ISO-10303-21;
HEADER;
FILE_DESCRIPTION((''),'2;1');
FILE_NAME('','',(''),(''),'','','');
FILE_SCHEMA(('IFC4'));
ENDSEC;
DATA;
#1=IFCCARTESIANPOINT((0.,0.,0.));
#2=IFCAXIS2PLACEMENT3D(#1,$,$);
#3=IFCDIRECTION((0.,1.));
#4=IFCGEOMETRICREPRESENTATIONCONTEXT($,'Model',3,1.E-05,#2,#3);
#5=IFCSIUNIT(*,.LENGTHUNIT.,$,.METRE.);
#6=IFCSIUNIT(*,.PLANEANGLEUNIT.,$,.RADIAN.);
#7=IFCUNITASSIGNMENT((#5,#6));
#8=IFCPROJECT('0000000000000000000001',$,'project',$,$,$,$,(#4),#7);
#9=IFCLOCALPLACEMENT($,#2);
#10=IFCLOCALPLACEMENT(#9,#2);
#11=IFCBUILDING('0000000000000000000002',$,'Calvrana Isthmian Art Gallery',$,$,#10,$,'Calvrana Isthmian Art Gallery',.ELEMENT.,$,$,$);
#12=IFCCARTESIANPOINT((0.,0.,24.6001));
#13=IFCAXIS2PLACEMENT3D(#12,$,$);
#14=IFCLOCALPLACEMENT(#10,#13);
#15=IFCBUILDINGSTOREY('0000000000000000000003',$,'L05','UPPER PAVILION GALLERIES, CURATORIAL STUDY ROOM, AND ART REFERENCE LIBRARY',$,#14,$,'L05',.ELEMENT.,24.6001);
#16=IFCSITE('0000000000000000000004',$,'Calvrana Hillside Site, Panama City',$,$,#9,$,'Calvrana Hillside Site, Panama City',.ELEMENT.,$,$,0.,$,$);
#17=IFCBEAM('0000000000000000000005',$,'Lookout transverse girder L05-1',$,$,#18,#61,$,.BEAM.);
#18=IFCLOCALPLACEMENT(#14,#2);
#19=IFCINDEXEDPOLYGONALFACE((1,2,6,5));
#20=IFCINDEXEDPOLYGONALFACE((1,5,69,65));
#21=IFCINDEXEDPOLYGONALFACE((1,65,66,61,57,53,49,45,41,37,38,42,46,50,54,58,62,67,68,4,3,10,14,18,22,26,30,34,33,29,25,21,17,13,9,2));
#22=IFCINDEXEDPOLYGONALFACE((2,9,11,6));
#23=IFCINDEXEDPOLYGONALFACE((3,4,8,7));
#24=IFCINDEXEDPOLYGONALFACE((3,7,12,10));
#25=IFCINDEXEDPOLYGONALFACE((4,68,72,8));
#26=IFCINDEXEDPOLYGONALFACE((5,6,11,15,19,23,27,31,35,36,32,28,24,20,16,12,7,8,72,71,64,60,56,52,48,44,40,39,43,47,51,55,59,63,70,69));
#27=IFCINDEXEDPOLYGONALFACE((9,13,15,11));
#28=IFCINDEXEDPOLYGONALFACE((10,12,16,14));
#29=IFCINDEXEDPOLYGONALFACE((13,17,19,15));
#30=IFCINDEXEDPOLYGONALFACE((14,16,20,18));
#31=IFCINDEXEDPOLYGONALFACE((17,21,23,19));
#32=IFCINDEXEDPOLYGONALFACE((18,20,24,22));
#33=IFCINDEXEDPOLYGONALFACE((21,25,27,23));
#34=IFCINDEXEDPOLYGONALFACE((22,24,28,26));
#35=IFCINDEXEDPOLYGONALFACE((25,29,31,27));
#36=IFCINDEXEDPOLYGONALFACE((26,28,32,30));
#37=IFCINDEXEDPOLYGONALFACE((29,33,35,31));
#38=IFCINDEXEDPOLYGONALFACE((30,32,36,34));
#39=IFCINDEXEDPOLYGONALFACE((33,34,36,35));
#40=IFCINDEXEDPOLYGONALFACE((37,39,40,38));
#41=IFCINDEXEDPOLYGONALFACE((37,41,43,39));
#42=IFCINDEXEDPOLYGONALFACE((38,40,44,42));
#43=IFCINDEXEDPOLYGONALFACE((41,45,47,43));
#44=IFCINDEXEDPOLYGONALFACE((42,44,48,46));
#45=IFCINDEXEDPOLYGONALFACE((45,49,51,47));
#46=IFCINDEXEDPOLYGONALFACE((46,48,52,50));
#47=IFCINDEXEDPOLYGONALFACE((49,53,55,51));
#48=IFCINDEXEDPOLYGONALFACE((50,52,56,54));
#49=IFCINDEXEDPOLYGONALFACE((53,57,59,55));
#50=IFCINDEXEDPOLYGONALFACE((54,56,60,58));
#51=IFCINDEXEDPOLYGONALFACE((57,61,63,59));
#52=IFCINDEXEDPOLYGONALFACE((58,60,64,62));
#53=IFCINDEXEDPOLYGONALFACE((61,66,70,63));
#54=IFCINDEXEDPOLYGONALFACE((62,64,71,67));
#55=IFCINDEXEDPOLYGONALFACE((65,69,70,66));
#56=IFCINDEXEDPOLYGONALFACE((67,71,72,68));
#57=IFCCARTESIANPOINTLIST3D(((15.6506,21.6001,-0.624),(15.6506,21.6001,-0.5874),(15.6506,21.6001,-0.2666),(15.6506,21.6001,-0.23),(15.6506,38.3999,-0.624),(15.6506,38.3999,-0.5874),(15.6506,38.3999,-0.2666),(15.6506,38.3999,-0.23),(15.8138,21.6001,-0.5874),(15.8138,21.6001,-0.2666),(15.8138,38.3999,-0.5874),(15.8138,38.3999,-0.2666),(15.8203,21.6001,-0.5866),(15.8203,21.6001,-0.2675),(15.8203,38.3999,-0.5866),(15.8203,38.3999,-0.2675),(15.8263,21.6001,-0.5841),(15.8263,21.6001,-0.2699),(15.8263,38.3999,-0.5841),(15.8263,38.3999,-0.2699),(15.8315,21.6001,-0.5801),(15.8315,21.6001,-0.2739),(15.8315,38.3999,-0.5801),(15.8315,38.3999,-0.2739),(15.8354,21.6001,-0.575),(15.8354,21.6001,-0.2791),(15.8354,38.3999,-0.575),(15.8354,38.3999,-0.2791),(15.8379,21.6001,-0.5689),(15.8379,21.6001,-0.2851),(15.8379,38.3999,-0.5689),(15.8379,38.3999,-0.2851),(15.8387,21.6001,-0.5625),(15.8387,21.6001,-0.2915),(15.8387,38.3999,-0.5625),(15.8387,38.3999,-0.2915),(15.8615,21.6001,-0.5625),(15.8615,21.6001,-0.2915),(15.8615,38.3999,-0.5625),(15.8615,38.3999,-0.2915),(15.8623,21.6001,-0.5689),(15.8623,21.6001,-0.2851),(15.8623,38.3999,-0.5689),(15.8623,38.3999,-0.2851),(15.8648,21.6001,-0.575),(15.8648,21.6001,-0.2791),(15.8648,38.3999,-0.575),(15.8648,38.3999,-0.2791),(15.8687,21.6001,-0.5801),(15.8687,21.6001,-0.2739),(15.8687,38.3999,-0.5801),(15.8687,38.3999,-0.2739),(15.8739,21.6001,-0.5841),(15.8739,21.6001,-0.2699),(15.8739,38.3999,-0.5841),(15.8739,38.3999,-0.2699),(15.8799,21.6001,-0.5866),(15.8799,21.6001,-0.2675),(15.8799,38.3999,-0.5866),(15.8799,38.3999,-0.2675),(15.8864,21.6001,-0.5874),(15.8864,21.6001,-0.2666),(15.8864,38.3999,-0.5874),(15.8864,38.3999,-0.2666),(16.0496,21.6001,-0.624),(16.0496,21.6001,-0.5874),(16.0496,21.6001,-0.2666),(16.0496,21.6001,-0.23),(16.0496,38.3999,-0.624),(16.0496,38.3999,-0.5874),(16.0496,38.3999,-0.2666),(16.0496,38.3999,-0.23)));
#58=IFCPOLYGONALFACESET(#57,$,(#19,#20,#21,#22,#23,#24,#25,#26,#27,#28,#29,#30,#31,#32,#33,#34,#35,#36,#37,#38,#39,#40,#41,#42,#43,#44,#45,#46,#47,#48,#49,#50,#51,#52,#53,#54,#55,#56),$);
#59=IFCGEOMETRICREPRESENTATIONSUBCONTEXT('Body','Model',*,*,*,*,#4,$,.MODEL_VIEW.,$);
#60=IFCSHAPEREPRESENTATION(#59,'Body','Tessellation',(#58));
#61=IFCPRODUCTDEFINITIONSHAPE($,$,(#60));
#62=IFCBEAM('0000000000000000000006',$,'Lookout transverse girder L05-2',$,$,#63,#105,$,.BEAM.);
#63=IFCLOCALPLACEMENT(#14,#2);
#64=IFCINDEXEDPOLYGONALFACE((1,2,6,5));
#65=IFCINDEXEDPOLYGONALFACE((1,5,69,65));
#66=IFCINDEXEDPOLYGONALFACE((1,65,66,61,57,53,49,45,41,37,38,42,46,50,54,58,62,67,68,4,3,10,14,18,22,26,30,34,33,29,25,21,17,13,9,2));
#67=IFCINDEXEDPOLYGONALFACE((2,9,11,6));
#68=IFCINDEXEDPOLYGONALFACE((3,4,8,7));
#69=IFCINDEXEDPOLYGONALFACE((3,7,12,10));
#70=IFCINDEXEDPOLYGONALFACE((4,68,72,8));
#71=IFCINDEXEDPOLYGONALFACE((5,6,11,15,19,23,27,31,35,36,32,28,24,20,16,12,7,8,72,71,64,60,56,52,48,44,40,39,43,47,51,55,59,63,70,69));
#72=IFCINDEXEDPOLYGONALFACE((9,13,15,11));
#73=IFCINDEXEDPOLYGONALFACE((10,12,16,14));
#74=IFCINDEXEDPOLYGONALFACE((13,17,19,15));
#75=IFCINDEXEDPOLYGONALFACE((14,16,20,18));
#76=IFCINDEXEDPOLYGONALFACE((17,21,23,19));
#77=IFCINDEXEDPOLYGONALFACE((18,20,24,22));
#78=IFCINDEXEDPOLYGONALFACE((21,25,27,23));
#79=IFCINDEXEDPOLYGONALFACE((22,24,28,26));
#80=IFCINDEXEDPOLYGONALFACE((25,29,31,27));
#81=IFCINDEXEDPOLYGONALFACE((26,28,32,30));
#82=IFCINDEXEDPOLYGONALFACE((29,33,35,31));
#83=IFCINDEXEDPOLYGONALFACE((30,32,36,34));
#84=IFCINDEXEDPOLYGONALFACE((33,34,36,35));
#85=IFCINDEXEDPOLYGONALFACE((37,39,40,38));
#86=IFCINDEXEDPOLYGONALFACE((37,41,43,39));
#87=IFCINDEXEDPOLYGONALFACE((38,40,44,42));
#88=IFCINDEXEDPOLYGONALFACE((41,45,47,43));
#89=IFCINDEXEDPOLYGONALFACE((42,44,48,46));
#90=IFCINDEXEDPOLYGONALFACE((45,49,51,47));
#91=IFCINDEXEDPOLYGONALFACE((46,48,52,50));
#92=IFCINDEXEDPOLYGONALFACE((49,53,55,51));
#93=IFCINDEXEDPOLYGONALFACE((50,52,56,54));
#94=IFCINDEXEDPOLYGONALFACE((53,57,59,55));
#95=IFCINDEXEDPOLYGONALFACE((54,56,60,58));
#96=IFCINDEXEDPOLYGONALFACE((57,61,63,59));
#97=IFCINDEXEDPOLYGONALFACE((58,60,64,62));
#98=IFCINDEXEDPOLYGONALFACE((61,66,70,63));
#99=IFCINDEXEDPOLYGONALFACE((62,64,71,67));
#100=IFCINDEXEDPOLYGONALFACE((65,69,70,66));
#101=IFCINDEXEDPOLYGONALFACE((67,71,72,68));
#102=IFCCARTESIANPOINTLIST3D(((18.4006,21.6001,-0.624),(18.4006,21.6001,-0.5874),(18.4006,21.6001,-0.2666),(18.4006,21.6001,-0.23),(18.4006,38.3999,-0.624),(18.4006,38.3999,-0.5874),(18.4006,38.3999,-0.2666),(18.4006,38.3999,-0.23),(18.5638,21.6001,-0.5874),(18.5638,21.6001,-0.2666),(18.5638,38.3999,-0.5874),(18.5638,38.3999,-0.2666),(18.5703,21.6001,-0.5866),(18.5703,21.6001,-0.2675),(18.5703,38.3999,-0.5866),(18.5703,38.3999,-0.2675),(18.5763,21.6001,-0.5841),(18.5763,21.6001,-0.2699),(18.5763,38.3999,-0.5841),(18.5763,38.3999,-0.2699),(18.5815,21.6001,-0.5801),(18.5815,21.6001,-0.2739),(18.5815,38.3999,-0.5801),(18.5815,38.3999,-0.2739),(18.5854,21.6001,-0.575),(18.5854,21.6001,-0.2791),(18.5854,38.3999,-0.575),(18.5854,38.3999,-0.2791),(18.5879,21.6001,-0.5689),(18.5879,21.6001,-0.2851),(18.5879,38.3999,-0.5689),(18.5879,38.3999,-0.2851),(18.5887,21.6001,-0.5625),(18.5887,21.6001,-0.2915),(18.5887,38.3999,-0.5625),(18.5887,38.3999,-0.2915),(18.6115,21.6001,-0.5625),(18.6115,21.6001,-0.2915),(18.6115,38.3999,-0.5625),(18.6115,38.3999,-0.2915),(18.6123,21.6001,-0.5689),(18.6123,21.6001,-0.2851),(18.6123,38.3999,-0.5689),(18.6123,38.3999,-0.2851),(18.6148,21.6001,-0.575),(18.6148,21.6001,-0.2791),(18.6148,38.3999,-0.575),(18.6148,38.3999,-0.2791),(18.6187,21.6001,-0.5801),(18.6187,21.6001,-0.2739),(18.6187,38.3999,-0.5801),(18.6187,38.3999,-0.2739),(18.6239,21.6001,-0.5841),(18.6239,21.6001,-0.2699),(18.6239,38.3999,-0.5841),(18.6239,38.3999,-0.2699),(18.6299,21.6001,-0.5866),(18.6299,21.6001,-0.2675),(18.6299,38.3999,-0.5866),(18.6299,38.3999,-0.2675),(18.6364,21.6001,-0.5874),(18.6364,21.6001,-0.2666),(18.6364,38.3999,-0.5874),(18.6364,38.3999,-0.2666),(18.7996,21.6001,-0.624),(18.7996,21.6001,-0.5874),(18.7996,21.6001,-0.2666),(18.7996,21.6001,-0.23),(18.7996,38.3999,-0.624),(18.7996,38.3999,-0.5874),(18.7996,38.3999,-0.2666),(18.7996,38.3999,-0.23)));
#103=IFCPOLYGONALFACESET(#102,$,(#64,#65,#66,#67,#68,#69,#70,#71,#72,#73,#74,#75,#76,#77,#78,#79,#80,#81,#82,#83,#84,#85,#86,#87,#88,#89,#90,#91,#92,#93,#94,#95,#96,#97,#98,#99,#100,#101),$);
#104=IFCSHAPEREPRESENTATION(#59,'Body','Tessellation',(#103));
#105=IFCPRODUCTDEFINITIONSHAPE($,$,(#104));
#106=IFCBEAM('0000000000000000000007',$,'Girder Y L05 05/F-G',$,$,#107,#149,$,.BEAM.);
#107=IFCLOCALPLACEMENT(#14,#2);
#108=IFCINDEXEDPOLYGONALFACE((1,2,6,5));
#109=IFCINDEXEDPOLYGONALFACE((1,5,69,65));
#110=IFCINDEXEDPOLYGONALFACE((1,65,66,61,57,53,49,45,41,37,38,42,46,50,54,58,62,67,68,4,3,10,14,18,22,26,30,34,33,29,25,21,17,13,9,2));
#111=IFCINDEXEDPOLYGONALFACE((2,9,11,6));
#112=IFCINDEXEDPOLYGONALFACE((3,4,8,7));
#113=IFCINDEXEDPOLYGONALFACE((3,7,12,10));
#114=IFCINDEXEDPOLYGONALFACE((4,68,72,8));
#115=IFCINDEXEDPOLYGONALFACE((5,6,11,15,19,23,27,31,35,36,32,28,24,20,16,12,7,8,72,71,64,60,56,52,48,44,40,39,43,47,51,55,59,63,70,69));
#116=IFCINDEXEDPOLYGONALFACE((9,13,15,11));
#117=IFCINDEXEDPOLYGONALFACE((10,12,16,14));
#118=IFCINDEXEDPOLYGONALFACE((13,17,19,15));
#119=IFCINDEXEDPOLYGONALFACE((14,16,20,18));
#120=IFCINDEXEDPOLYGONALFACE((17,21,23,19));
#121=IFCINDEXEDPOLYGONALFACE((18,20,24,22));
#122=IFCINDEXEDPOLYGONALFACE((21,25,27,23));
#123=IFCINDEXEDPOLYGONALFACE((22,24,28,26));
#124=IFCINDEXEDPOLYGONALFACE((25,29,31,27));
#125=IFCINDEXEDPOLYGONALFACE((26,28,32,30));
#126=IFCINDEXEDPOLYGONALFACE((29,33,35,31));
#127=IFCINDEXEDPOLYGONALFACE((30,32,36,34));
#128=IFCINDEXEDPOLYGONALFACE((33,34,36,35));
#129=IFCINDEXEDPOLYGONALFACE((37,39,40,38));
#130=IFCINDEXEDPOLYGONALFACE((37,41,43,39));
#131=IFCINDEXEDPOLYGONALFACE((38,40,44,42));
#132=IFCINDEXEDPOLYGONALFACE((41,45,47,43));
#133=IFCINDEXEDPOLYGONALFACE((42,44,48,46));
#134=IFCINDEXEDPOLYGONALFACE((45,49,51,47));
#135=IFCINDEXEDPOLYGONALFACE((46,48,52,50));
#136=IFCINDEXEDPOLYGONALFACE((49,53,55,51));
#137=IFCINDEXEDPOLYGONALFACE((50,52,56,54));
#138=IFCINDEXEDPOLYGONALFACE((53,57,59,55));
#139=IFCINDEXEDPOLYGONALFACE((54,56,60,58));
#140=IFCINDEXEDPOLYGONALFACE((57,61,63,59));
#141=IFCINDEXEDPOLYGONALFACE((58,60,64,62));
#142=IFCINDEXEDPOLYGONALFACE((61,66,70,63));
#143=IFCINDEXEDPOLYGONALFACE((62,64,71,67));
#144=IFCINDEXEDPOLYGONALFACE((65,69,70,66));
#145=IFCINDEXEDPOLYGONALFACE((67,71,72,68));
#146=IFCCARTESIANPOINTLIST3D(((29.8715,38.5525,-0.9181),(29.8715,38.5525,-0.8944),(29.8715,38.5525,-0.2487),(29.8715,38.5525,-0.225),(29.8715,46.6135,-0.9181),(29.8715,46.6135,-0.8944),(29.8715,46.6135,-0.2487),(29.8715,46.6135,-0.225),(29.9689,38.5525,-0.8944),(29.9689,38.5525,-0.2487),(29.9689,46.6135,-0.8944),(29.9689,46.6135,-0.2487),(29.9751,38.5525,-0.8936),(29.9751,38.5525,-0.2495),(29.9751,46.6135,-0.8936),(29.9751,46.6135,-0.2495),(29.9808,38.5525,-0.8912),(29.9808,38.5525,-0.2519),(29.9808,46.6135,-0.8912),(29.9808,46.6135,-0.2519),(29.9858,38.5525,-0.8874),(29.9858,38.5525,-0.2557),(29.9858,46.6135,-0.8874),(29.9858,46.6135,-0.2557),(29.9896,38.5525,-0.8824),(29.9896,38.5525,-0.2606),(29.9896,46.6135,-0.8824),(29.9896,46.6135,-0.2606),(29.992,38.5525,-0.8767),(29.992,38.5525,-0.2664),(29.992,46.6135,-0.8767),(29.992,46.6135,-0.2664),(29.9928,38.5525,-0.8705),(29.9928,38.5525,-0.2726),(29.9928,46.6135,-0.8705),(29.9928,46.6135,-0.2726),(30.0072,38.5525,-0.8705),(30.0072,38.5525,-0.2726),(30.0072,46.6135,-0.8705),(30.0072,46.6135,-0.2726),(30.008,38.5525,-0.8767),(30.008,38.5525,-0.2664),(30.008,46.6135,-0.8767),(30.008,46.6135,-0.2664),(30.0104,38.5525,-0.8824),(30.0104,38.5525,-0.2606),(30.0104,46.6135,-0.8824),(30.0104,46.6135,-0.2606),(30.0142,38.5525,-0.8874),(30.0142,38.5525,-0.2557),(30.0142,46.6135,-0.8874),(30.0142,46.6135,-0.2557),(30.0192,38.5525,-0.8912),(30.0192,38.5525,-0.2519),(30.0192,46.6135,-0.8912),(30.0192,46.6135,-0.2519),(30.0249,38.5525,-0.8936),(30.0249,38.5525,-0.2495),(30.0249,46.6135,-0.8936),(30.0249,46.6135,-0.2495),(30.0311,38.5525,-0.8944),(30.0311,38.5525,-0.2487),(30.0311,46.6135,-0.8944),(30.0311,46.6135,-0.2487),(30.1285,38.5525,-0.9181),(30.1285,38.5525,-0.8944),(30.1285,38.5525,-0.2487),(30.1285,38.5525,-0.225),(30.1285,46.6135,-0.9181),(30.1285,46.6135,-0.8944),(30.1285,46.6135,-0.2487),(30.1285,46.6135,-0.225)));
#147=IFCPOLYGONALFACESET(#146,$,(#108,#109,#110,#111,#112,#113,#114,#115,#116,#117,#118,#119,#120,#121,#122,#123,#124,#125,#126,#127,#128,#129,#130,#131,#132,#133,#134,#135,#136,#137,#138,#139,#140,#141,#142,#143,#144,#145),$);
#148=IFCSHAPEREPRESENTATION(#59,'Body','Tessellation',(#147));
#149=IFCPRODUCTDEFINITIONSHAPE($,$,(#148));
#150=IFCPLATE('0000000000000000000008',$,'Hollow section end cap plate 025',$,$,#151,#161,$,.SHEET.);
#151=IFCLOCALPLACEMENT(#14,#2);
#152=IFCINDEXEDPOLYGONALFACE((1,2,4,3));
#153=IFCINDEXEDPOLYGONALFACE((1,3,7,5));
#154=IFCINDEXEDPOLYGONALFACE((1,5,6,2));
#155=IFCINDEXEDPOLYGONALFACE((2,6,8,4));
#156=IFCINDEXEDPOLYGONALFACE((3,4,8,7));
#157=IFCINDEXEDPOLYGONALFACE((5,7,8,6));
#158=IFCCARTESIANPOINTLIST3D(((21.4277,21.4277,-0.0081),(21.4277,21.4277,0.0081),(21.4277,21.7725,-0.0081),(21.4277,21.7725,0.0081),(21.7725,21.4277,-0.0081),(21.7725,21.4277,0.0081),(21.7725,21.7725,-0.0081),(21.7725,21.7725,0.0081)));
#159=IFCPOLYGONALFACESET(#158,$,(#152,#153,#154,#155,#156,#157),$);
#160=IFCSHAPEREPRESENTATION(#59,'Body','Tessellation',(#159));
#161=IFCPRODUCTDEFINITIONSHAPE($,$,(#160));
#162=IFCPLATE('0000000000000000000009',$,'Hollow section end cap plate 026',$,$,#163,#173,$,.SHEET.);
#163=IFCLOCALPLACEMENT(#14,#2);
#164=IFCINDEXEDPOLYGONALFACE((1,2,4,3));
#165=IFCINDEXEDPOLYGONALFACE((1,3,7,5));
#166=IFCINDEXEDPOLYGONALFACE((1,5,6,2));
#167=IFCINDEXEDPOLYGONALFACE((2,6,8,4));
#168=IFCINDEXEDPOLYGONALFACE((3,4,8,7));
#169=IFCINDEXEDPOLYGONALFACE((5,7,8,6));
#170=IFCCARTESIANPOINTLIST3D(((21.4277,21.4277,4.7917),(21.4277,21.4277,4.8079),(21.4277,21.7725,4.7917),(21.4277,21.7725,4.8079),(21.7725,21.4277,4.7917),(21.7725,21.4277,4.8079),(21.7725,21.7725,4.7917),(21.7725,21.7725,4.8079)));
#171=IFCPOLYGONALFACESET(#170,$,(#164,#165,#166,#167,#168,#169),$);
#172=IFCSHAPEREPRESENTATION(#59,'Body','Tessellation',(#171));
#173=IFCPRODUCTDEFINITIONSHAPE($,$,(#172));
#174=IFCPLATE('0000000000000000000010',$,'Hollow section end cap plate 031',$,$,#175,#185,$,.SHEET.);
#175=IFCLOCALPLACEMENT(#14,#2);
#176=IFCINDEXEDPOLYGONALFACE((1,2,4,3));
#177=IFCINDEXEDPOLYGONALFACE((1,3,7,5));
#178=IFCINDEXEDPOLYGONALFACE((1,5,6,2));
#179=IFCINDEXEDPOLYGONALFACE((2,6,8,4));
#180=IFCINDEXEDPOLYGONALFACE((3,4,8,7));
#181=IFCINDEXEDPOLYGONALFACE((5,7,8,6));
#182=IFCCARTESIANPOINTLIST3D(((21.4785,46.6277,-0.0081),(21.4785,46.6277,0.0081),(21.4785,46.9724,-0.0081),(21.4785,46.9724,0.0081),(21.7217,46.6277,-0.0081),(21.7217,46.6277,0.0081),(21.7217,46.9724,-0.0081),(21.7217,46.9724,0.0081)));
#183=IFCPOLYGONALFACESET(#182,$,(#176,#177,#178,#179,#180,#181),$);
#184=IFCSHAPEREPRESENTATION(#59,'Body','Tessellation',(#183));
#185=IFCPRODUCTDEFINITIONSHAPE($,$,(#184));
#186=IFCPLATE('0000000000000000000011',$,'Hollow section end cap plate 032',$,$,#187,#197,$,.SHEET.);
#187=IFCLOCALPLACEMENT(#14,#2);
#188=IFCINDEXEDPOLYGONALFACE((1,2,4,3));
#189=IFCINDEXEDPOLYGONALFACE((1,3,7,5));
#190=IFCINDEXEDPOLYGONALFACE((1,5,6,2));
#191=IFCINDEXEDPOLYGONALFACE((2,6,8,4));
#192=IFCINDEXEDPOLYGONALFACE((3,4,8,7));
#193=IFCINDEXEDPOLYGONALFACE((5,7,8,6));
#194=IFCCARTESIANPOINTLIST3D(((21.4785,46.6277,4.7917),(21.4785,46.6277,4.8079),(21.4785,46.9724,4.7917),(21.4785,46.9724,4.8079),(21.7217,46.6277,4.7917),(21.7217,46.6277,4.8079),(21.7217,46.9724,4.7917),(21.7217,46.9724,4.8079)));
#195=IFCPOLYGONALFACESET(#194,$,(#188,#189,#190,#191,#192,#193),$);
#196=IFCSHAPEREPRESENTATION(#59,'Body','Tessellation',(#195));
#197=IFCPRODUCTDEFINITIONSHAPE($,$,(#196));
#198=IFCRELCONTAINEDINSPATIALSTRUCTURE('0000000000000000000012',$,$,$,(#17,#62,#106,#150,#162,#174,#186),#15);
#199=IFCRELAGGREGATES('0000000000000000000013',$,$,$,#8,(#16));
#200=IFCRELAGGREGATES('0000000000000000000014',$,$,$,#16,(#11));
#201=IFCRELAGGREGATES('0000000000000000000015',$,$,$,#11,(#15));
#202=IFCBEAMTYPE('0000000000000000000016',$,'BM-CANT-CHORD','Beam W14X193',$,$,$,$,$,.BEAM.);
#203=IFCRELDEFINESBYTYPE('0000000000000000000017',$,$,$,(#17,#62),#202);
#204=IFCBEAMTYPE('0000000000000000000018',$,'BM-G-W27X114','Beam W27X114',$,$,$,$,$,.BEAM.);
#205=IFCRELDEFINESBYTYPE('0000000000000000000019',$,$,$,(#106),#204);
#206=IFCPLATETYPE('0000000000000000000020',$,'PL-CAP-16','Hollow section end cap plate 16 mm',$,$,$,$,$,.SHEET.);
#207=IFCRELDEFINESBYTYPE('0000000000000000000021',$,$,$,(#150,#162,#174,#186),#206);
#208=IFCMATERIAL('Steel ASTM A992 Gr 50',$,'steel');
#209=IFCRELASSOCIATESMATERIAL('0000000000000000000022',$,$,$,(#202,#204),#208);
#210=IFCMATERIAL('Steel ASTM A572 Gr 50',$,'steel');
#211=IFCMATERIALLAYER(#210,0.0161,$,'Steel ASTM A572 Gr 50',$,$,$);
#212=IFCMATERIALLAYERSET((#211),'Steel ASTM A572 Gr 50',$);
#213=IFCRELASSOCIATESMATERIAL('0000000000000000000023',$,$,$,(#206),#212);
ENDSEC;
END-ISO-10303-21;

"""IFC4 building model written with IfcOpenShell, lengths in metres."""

from ifc_helpers import new_model, si_unit, direction, frame, origin, origin_2d, place, context, subcontext, project, spatial, rectangle, i_section, extrude, material, layer, layer_set, material_profile, profile_set, type_object, element, save


model = new_model("IFC4")

# Units and contexts
model_context = context("Model", 3, precision=1e-05, world=origin(), true_north=direction((0.0, 1.0)))
body_context = subcontext(model_context, "Body", "Model", "MODEL_VIEW")
ifc_project = project(units=[si_unit("LENGTHUNIT", "METRE"), si_unit("PLANEANGLEUNIT", "RADIAN")], contexts=[model_context])

# Site, building, storey
site_placement = place(None, origin())
site = spatial("IfcSite", under=ifc_project, at=site_placement, Name="Calvrana Hillside Site, Panama City", LongName="Calvrana Hillside Site, Panama City", CompositionType="ELEMENT", RefElevation=0.0)
building_placement = place(site_placement, origin())
building = spatial("IfcBuilding", under=site, at=building_placement, Name="Calvrana Isthmian Art Gallery", LongName="Calvrana Isthmian Art Gallery", CompositionType="ELEMENT")
storey_placement = place(building_placement, frame((0.0, 0.0, 24.6001)))
storey = spatial("IfcBuildingStorey", under=building, at=storey_placement, Name="L05", Description="UPPER PAVILION GALLERIES, CURATORIAL STUDY ROOM, AND ART REFERENCE LIBRARY", LongName="L05", CompositionType="ELEMENT", Elevation=24.6001)

# Beams
ifc_material_1 = material(Name="Steel ASTM A992 Gr 50", Category="steel")
ifc_material_profile_1 = material_profile(ifc_material_1, i_section(OverallWidth=0.3989, OverallDepth=0.394, WebThickness=0.0227, FlangeThickness=0.0366, FilletRadius=0.0249, at=origin_2d()), Name="W14X193")
ifc_profile_set_1 = profile_set([ifc_material_profile_1], Name="Steel ASTM A992 Gr 50")
beam_type_1 = type_object("IfcBeamType", Name="BM-CANT-CHORD", Description="Beam W14X193", PredefinedType="BEAM", material=ifc_profile_set_1)
for number, where, z_axis, x_axis, name in (
    (1, (15.8501, 21.6001, -0.427), (0.0, 1.0, 0.0), (-1.0, 0.0, 0.0), "Lookout transverse girder L05-1"),
    (2, (18.6001, 21.6001, -0.427), (0.0, 1.0, 0.0), (-1.0, 0.0, 0.0), "Lookout transverse girder L05-2"),
):
    element("IfcBeam", number, at=place(storey_placement, frame(where, z_axis=z_axis, x_axis=x_axis)), inside=storey, type_object=beam_type_1, Name=name, PredefinedType="BEAM", context=body_context, shape_type="SweptSolid", body=[
        extrude(i_section(OverallWidth=0.3989, OverallDepth=0.394, WebThickness=0.0227, FlangeThickness=0.0366, FilletRadius=0.0249, at=origin_2d()), origin(), (0.0, 0.0, 1.0), 16.7998),
    ])
ifc_material_profile_2 = material_profile(ifc_material_1, i_section(OverallWidth=0.2571, OverallDepth=0.6931, WebThickness=0.0144, FlangeThickness=0.0237, FilletRadius=0.0239, at=origin_2d()), Name="W27X114")
ifc_profile_set_2 = profile_set([ifc_material_profile_2], Name="Steel ASTM A992 Gr 50")
beam_type_2 = type_object("IfcBeamType", Name="BM-G-W27X114", Description="Beam W27X114", PredefinedType="BEAM", material=ifc_profile_set_2)
beam_1_placement = place(storey_placement, frame((30.0, 38.5525, -0.5715), z_axis=(0.0, 1.0, 0.0), x_axis=(-1.0, 0.0, 0.0)))
element("IfcBeam", 3, at=beam_1_placement, inside=storey, type_object=beam_type_2, Name="Girder Y L05 05/F-G", PredefinedType="BEAM", context=body_context, shape_type="SweptSolid", body=[
    extrude(i_section(OverallWidth=0.2571, OverallDepth=0.6931, WebThickness=0.0144, FlangeThickness=0.0237, FilletRadius=0.0239, at=origin_2d()), origin(), (0.0, 0.0, 1.0), 8.061),
])

# Plates
ifc_material_2 = material(Name="Steel ASTM A572 Gr 50", Category="steel")
ifc_layer_1 = layer(ifc_material_2, 0.0161, Name="Steel ASTM A572 Gr 50")
ifc_layer_set_1 = layer_set([ifc_layer_1], Name="Steel ASTM A572 Gr 50")
plate_type = type_object("IfcPlateType", Name="PL-CAP-16", Description="Hollow section end cap plate 16 mm", PredefinedType="SHEET", material=ifc_layer_set_1)
for number, where, z_axis, x_axis, name in (
    (4, (21.6001, 21.6001, -0.0081), (0.0, 0.0, 1.0), (1.0, 0.0, 0.0), "Hollow section end cap plate 025"),
    (5, (21.6001, 21.6001, 4.7917), (0.0, 0.0, 1.0), (1.0, 0.0, 0.0), "Hollow section end cap plate 026"),
):
    element("IfcPlate", number, at=place(storey_placement, frame(where, z_axis=z_axis, x_axis=x_axis)), inside=storey, type_object=plate_type, Name=name, PredefinedType="SHEET", context=body_context, shape_type="SweptSolid", body=[
        extrude(rectangle(XDim=0.3447, YDim=0.3447, at=origin_2d()), origin(), (0.0, 0.0, 1.0), 0.0161),
    ])
for number, where, z_axis, x_axis, name in (
    (6, (21.6001, 46.8, -0.0081), (0.0, 0.0, 1.0), (1.0, 0.0, 0.0), "Hollow section end cap plate 031"),
    (7, (21.6001, 46.8, 4.7917), (0.0, 0.0, 1.0), (1.0, 0.0, 0.0), "Hollow section end cap plate 032"),
):
    element("IfcPlate", number, at=place(storey_placement, frame(where, z_axis=z_axis, x_axis=x_axis)), inside=storey, type_object=plate_type, Name=name, PredefinedType="SHEET", context=body_context, shape_type="SweptSolid", body=[
        extrude(rectangle(XDim=0.2432, YDim=0.3447, at=origin_2d()), origin(), (0.0, 0.0, 1.0), 0.0161),
    ])

save(model, "model.ifc")
